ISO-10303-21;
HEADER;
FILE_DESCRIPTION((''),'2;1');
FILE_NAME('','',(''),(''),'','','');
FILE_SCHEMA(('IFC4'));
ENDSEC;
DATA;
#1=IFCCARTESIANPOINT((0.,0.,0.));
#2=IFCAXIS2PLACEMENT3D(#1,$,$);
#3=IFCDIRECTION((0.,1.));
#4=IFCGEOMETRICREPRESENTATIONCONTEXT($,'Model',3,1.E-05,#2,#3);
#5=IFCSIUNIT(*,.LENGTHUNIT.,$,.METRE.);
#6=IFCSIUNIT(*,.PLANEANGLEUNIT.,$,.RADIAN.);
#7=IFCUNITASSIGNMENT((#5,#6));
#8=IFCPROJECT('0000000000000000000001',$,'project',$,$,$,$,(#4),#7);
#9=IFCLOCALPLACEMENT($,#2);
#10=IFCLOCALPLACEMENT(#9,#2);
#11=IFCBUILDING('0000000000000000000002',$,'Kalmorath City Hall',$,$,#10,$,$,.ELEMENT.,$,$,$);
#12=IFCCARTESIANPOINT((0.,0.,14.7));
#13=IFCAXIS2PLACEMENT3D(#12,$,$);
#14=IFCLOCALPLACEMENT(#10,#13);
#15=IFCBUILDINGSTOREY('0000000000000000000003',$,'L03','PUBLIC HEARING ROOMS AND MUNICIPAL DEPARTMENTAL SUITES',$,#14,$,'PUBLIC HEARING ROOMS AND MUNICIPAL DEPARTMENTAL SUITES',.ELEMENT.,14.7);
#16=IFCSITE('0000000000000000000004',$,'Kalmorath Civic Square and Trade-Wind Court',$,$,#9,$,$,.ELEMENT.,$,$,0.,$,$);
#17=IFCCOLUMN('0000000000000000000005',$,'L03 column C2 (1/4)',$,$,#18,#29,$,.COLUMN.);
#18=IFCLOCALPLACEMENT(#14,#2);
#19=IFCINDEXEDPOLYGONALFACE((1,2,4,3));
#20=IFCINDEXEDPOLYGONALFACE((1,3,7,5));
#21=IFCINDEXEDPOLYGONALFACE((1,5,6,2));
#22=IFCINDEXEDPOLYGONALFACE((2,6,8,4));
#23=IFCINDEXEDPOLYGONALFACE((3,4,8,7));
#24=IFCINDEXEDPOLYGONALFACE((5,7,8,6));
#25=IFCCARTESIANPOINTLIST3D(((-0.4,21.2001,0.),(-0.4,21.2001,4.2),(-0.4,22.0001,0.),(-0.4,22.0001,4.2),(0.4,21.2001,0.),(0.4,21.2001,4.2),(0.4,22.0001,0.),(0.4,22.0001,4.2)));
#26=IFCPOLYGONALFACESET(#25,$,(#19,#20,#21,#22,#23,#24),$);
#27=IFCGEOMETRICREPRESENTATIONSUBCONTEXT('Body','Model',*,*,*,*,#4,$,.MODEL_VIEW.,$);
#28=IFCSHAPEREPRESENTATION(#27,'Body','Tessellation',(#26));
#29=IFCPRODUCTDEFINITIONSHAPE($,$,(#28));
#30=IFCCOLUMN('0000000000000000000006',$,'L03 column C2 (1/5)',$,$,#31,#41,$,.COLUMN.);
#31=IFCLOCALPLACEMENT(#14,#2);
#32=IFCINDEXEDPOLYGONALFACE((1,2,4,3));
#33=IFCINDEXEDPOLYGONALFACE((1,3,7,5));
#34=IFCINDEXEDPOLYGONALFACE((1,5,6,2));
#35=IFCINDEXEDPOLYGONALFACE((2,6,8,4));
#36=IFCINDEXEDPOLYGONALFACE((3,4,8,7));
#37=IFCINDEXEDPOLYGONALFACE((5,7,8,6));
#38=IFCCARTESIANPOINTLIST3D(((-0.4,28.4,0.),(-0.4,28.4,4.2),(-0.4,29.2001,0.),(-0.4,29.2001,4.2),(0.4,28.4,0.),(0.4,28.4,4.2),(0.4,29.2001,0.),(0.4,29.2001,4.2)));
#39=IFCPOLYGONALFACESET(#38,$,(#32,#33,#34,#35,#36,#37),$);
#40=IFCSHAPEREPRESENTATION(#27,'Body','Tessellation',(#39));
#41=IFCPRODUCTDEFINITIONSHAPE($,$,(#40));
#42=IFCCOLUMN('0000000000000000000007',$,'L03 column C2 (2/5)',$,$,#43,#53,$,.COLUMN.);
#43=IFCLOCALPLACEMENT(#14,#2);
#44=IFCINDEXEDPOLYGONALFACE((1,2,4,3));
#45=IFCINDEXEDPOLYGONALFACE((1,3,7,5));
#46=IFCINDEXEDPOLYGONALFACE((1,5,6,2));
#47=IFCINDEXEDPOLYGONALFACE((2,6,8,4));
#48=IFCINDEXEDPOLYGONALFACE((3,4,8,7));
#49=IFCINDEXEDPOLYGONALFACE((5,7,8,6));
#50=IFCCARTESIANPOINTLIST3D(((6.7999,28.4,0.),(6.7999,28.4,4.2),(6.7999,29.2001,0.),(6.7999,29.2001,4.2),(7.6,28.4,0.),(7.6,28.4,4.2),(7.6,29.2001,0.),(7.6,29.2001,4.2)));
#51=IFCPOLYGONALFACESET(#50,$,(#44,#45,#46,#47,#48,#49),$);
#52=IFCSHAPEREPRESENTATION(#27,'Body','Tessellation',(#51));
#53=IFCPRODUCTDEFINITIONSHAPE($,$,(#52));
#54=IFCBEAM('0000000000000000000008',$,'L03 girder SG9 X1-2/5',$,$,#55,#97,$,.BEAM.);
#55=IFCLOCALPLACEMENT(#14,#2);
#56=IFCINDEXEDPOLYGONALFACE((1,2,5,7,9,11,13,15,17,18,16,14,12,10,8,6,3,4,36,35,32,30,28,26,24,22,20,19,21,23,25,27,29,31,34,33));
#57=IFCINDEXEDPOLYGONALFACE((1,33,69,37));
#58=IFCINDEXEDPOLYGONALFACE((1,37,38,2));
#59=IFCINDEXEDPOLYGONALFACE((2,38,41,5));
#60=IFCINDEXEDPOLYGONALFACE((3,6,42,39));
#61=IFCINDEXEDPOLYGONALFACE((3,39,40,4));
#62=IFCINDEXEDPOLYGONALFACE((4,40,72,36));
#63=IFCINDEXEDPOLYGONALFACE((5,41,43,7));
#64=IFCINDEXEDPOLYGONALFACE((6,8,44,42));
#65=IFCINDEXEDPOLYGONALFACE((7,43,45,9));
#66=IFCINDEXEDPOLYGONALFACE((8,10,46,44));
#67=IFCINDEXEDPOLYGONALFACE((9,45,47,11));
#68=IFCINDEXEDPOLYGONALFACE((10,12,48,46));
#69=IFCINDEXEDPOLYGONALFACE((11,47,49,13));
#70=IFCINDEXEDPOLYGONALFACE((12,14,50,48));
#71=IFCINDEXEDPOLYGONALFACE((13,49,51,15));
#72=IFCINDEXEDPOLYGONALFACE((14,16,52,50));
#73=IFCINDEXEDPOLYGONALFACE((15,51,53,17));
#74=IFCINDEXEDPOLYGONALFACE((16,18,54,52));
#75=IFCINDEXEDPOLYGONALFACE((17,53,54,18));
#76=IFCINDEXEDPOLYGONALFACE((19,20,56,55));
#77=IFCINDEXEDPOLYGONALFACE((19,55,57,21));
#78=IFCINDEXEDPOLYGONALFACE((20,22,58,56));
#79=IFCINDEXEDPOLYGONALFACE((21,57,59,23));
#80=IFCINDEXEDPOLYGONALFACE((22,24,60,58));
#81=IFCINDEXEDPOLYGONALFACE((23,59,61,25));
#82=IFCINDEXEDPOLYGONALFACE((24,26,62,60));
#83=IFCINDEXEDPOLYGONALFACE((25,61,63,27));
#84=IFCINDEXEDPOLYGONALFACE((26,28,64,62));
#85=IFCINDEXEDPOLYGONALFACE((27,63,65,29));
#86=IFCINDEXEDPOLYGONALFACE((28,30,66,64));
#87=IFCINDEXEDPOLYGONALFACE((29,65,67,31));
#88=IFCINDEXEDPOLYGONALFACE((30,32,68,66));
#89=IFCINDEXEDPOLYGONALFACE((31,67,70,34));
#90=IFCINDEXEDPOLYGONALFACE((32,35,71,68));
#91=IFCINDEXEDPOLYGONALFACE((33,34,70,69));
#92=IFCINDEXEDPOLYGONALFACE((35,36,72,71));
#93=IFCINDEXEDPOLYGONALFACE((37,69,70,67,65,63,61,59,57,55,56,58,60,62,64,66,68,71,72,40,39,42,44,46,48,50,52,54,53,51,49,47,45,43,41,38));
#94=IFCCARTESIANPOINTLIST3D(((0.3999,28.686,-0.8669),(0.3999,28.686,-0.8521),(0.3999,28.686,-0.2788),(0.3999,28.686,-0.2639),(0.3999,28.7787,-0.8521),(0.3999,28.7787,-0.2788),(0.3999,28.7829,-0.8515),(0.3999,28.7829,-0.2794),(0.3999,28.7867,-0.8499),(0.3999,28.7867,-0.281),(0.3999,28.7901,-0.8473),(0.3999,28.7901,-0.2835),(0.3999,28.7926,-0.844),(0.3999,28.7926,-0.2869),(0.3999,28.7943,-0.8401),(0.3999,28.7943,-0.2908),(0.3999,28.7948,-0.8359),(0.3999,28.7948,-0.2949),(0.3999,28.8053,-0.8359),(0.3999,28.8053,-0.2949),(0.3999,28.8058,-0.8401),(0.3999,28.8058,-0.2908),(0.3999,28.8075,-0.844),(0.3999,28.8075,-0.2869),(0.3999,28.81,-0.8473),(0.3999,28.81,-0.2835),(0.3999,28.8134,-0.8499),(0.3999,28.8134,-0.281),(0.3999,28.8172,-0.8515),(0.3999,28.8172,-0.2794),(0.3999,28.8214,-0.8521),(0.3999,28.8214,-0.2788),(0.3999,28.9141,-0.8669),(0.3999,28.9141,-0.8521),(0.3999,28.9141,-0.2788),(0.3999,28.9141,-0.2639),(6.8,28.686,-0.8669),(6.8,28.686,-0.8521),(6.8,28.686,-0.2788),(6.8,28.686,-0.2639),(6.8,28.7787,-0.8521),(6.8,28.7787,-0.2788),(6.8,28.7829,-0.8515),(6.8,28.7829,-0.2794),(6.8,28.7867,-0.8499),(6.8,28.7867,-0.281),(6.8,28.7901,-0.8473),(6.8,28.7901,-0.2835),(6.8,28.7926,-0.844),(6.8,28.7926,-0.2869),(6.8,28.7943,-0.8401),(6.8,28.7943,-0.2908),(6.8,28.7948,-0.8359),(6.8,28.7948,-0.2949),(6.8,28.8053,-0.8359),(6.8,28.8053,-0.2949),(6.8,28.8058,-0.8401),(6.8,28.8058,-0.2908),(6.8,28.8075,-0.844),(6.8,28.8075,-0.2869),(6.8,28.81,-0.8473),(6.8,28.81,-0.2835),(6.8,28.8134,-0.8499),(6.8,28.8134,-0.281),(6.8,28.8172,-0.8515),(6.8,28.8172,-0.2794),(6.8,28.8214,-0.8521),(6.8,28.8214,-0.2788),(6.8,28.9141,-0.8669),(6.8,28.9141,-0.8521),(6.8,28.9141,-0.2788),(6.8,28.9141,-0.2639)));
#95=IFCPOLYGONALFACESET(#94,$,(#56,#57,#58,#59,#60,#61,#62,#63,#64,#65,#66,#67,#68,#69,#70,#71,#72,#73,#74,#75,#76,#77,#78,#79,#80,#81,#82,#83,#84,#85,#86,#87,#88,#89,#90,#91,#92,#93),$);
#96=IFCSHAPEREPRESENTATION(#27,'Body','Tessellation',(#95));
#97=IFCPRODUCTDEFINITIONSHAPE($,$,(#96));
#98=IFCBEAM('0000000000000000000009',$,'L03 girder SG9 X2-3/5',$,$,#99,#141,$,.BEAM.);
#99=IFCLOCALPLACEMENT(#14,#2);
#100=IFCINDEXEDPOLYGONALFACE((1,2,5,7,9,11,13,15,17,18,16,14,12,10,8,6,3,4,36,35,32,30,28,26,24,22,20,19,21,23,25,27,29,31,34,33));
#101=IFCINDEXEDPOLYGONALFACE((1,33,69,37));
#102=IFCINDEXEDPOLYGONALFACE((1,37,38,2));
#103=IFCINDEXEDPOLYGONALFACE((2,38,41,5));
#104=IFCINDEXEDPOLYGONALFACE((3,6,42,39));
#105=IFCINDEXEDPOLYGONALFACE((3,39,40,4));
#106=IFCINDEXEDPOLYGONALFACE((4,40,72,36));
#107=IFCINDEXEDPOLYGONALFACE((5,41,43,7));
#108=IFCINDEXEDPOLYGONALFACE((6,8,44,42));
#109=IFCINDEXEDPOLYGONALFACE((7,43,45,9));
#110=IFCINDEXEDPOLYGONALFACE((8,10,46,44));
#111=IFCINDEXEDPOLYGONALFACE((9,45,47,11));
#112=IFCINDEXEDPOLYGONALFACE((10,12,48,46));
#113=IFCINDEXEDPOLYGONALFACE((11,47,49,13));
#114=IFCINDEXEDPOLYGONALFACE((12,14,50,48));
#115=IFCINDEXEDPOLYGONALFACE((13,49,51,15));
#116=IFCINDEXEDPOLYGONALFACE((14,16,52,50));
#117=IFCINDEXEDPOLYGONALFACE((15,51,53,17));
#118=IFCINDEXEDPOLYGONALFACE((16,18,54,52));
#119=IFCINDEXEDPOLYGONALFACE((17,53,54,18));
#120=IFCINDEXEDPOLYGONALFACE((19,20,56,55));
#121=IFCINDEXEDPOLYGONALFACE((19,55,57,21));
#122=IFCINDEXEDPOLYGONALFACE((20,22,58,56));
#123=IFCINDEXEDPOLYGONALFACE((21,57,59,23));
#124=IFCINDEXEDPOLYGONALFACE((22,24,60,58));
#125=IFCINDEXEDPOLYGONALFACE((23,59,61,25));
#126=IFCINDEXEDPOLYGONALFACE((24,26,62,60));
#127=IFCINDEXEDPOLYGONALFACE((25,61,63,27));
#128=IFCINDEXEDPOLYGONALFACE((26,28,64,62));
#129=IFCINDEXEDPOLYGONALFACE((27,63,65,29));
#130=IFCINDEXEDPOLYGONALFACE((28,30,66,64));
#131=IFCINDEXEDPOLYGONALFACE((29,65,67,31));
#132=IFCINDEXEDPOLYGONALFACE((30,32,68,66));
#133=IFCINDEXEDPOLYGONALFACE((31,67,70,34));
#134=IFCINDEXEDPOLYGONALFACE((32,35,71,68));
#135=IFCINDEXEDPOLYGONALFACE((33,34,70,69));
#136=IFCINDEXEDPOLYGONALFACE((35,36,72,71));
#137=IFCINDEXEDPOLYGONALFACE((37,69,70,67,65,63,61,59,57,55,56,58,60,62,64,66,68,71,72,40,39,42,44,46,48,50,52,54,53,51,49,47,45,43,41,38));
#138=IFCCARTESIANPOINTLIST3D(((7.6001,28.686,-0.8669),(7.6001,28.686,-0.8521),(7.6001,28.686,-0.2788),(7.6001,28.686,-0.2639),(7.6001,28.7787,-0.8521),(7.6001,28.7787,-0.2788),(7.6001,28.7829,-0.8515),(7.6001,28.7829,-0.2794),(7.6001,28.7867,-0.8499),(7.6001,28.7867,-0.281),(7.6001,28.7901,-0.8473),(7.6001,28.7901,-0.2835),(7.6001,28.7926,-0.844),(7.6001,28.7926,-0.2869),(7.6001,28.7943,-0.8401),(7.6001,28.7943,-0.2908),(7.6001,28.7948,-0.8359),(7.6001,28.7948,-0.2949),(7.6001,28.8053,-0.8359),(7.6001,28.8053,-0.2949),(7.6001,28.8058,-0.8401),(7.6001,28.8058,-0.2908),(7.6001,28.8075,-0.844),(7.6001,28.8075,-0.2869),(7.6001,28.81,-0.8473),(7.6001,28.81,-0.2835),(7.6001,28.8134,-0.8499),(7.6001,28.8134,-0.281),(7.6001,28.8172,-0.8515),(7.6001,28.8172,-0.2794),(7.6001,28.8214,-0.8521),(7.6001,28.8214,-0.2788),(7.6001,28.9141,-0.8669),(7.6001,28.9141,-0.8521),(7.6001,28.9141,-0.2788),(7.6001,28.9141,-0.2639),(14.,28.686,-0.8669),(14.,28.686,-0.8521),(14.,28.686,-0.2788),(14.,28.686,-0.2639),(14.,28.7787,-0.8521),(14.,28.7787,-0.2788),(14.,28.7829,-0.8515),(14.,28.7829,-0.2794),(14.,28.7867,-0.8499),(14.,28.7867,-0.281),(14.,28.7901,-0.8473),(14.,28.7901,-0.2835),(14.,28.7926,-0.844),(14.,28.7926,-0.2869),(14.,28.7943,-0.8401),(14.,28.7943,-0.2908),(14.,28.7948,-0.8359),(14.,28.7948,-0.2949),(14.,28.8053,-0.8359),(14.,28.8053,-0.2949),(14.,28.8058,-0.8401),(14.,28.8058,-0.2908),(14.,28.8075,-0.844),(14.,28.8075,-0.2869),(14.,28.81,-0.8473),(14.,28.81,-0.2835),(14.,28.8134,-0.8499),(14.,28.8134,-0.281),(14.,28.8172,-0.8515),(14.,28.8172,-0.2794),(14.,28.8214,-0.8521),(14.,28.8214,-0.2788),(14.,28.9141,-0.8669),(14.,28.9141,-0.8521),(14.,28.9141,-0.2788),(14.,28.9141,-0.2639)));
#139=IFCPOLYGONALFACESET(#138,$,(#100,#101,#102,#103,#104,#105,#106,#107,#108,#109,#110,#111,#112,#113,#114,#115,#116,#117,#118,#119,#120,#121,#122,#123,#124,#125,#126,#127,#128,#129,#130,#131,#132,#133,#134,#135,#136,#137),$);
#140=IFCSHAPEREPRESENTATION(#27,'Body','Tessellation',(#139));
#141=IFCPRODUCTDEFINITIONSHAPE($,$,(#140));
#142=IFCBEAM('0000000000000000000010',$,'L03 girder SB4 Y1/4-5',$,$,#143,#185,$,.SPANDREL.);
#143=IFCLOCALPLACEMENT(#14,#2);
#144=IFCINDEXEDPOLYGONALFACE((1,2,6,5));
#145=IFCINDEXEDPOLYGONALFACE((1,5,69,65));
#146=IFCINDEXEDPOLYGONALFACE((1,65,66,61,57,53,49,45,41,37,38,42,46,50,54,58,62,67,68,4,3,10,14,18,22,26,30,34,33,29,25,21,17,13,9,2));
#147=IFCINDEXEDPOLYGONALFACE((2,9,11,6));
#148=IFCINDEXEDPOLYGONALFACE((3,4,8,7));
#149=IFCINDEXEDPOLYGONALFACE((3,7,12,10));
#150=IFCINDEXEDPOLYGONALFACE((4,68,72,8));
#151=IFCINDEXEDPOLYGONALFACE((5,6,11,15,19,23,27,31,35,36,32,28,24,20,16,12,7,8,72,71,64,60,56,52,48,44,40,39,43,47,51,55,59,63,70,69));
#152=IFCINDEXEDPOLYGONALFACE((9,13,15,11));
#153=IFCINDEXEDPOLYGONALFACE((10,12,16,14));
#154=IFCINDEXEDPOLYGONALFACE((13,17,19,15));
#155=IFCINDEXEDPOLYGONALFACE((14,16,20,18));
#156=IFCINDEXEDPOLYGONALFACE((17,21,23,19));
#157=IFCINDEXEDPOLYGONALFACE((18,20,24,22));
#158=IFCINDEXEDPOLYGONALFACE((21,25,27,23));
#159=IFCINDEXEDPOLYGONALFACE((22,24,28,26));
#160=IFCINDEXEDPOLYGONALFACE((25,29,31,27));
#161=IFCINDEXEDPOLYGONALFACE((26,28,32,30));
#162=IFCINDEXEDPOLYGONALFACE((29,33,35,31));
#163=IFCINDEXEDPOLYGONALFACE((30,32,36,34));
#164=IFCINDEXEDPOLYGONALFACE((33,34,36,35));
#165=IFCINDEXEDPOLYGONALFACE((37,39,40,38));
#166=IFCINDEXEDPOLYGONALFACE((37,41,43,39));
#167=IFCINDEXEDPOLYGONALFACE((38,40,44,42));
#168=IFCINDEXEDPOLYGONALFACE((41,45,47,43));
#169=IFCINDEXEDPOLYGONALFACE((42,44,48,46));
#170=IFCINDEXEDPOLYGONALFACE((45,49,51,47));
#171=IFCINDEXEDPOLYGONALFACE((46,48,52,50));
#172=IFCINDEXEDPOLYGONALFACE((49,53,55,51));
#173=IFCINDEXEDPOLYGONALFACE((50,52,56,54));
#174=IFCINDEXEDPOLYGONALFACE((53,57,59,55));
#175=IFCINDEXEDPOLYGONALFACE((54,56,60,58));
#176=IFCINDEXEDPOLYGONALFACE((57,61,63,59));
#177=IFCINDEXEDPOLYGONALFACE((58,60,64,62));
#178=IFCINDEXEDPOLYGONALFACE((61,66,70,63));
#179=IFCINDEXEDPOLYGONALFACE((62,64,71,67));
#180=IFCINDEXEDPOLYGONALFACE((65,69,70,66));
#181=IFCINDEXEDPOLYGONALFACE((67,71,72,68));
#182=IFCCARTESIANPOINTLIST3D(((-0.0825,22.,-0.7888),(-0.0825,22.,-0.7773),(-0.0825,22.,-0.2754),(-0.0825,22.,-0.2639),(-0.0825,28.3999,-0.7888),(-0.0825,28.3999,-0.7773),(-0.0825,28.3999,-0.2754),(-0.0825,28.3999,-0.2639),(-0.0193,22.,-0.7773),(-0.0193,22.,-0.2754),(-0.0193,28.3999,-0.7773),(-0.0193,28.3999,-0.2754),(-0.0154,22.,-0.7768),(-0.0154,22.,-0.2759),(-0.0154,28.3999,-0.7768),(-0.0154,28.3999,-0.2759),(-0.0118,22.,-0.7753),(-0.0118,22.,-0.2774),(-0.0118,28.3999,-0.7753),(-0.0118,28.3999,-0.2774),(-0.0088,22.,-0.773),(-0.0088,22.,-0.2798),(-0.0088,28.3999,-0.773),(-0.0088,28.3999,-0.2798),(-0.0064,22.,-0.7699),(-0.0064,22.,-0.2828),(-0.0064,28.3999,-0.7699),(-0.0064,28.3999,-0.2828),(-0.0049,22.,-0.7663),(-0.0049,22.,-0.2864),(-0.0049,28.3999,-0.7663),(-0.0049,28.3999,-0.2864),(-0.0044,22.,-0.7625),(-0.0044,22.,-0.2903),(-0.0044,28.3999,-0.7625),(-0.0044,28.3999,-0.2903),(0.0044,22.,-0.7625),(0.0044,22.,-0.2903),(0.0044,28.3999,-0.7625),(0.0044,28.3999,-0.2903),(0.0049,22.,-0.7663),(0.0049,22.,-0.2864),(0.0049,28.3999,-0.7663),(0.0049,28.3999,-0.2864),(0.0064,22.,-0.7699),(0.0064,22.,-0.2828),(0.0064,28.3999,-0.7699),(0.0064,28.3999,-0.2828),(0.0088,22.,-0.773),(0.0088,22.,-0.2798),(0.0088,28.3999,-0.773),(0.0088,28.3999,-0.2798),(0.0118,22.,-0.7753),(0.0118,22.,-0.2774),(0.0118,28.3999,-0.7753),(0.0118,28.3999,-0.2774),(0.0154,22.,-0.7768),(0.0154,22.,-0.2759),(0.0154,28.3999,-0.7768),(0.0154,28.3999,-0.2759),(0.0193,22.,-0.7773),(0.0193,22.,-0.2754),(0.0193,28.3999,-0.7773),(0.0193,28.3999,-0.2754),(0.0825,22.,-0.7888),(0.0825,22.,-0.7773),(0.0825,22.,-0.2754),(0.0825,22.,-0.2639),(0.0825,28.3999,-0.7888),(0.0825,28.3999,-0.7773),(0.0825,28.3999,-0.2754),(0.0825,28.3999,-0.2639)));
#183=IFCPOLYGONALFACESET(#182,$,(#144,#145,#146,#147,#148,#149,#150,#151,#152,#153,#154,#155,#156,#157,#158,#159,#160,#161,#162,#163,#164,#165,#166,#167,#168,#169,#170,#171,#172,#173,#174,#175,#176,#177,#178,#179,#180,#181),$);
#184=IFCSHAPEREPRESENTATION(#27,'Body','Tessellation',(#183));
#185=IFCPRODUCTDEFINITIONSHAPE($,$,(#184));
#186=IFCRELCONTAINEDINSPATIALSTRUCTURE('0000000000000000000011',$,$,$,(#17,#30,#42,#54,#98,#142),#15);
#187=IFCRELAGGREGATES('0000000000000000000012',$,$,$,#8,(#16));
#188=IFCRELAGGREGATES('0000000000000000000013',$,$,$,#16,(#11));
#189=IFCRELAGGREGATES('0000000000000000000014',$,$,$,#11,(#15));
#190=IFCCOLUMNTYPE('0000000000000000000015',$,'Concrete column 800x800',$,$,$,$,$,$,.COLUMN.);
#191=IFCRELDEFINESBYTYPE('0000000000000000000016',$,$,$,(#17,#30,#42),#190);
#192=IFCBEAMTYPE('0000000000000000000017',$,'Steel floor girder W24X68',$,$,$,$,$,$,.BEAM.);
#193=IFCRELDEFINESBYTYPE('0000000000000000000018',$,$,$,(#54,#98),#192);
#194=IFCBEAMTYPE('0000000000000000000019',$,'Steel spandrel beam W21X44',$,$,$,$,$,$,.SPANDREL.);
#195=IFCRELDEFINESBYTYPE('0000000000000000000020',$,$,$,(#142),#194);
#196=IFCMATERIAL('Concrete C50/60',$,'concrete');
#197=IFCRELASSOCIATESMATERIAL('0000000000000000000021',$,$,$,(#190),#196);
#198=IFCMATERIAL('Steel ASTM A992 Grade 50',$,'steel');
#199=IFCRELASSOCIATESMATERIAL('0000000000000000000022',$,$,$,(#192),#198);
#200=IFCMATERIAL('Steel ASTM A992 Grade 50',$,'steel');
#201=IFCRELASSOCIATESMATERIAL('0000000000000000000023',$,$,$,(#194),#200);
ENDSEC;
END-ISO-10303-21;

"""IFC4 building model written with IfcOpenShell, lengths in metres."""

from ifc_helpers import new_model, si_unit, direction, frame, origin, origin_2d, place, context, subcontext, project, spatial, rectangle, i_section, extrude, material, material_profile, profile_set, type_object, element, save


model = new_model("IFC4")

# Units and contexts
model_context = context("Model", 3, precision=1e-05, world=origin(), true_north=direction((0.0, 1.0)))
body_context = subcontext(model_context, "Body", "Model", "MODEL_VIEW")
ifc_project = project(units=[si_unit("LENGTHUNIT", "METRE"), si_unit("PLANEANGLEUNIT", "RADIAN")], contexts=[model_context])

# Site, building, storey
site_placement = place(None, origin())
site = spatial("IfcSite", under=ifc_project, at=site_placement, Name="Kalmorath Civic Square and Trade-Wind Court", CompositionType="ELEMENT", RefElevation=0.0)
building_placement = place(site_placement, origin())
building = spatial("IfcBuilding", under=site, at=building_placement, Name="Kalmorath City Hall", CompositionType="ELEMENT")
storey_placement = place(building_placement, frame((0.0, 0.0, 14.7)))
storey = spatial("IfcBuildingStorey", under=building, at=storey_placement, Name="L03", Description="PUBLIC HEARING ROOMS AND MUNICIPAL DEPARTMENTAL SUITES", LongName="PUBLIC HEARING ROOMS AND MUNICIPAL DEPARTMENTAL SUITES", CompositionType="ELEMENT", Elevation=14.7)

# Columns
ifc_material_1 = material(Name="Concrete C50/60", Category="concrete")
ifc_material_profile_1 = material_profile(ifc_material_1, rectangle(XDim=0.8, YDim=0.8, at=origin_2d()), Name="RC-COL-800X800")
ifc_profile_set_1 = profile_set([ifc_material_profile_1], Name="Concrete C50/60")
column_type = type_object("IfcColumnType", Name="Concrete column 800x800", PredefinedType="COLUMN", material=ifc_profile_set_1)
for number, where, z_axis, x_axis, name in (
    (1, (0.0, 21.6001, 0.0), (0.0, 0.0, 1.0), (1.0, 0.0, 0.0), "L03 column C2 (1/4)"),
    (2, (0.0, 28.8, 0.0), (0.0, 0.0, 1.0), (1.0, 0.0, 0.0), "L03 column C2 (1/5)"),
    (3, (7.2, 28.8, 0.0), (0.0, 0.0, 1.0), (1.0, 0.0, 0.0), "L03 column C2 (2/5)"),
):
    element("IfcColumn", number, at=place(storey_placement, frame(where, z_axis=z_axis, x_axis=x_axis)), inside=storey, type_object=column_type, Name=name, PredefinedType="COLUMN", context=body_context, shape_type="SweptSolid", body=[
        extrude(rectangle(XDim=0.8, YDim=0.8, at=origin_2d()), origin(), (0.0, 0.0, 1.0), 4.2),
    ])

# Beams
ifc_material_2 = material(Name="Steel ASTM A992 Grade 50", Category="steel")
ifc_material_profile_2 = material_profile(ifc_material_2, i_section(OverallWidth=0.228, OverallDepth=0.603, WebThickness=0.0105, FlangeThickness=0.0149, FilletRadius=0.0161, at=origin_2d()), Name="W24X68")
ifc_profile_set_2 = profile_set([ifc_material_profile_2], Name="Steel ASTM A992 Grade 50")
beam_type_1 = type_object("IfcBeamType", Name="Steel floor girder W24X68", PredefinedType="BEAM", material=ifc_profile_set_2)
beam_1_placement = place(storey_placement, frame((0.3999, 28.8, -0.5654), z_axis=(1.0, 0.0, 0.0), x_axis=(0.0, 1.0, 0.0)))
element("IfcBeam", 4, at=beam_1_placement, inside=storey, type_object=beam_type_1, Name="L03 girder SG9 X1-2/5", PredefinedType="BEAM", context=body_context, shape_type="SweptSolid", body=[
    extrude(i_section(OverallWidth=0.228, OverallDepth=0.603, WebThickness=0.0105, FlangeThickness=0.0149, FilletRadius=0.0161, at=origin_2d()), origin(), (0.0, 0.0, 1.0), 6.4001),
])
beam_2_placement = place(storey_placement, frame((7.6001, 28.8, -0.5654), z_axis=(1.0, 0.0, 0.0), x_axis=(0.0, 1.0, 0.0)))
element("IfcBeam", 5, at=beam_2_placement, inside=storey, type_object=beam_type_1, Name="L03 girder SG9 X2-3/5", PredefinedType="BEAM", context=body_context, shape_type="SweptSolid", body=[
    extrude(i_section(OverallWidth=0.228, OverallDepth=0.603, WebThickness=0.0105, FlangeThickness=0.0149, FilletRadius=0.0161, at=origin_2d()), origin(), (0.0, 0.0, 1.0), 6.3999),
])
ifc_material_3 = material(Name="Steel ASTM A992 Grade 50", Category="steel")
ifc_material_profile_3 = material_profile(ifc_material_3, i_section(OverallWidth=0.165, OverallDepth=0.5249, WebThickness=0.0088, FlangeThickness=0.0115, FilletRadius=0.0149, at=origin_2d()), Name="W21X44")
ifc_profile_set_3 = profile_set([ifc_material_profile_3], Name="Steel ASTM A992 Grade 50")
beam_type_2 = type_object("IfcBeamType", Name="Steel spandrel beam W21X44", PredefinedType="SPANDREL", material=ifc_profile_set_3)
beam_3_placement = place(storey_placement, frame((0.0, 22.0, -0.5264), z_axis=(0.0, 1.0, 0.0), x_axis=(-1.0, 0.0, 0.0)))
element("IfcBeam", 6, at=beam_3_placement, inside=storey, type_object=beam_type_2, Name="L03 girder SB4 Y1/4-5", PredefinedType="SPANDREL", context=body_context, shape_type="SweptSolid", body=[
    extrude(i_section(OverallWidth=0.165, OverallDepth=0.5249, WebThickness=0.0088, FlangeThickness=0.0115, FilletRadius=0.0149, at=origin_2d()), origin(), (0.0, 0.0, 1.0), 6.3999),
])

save(model, "model.ifc")
